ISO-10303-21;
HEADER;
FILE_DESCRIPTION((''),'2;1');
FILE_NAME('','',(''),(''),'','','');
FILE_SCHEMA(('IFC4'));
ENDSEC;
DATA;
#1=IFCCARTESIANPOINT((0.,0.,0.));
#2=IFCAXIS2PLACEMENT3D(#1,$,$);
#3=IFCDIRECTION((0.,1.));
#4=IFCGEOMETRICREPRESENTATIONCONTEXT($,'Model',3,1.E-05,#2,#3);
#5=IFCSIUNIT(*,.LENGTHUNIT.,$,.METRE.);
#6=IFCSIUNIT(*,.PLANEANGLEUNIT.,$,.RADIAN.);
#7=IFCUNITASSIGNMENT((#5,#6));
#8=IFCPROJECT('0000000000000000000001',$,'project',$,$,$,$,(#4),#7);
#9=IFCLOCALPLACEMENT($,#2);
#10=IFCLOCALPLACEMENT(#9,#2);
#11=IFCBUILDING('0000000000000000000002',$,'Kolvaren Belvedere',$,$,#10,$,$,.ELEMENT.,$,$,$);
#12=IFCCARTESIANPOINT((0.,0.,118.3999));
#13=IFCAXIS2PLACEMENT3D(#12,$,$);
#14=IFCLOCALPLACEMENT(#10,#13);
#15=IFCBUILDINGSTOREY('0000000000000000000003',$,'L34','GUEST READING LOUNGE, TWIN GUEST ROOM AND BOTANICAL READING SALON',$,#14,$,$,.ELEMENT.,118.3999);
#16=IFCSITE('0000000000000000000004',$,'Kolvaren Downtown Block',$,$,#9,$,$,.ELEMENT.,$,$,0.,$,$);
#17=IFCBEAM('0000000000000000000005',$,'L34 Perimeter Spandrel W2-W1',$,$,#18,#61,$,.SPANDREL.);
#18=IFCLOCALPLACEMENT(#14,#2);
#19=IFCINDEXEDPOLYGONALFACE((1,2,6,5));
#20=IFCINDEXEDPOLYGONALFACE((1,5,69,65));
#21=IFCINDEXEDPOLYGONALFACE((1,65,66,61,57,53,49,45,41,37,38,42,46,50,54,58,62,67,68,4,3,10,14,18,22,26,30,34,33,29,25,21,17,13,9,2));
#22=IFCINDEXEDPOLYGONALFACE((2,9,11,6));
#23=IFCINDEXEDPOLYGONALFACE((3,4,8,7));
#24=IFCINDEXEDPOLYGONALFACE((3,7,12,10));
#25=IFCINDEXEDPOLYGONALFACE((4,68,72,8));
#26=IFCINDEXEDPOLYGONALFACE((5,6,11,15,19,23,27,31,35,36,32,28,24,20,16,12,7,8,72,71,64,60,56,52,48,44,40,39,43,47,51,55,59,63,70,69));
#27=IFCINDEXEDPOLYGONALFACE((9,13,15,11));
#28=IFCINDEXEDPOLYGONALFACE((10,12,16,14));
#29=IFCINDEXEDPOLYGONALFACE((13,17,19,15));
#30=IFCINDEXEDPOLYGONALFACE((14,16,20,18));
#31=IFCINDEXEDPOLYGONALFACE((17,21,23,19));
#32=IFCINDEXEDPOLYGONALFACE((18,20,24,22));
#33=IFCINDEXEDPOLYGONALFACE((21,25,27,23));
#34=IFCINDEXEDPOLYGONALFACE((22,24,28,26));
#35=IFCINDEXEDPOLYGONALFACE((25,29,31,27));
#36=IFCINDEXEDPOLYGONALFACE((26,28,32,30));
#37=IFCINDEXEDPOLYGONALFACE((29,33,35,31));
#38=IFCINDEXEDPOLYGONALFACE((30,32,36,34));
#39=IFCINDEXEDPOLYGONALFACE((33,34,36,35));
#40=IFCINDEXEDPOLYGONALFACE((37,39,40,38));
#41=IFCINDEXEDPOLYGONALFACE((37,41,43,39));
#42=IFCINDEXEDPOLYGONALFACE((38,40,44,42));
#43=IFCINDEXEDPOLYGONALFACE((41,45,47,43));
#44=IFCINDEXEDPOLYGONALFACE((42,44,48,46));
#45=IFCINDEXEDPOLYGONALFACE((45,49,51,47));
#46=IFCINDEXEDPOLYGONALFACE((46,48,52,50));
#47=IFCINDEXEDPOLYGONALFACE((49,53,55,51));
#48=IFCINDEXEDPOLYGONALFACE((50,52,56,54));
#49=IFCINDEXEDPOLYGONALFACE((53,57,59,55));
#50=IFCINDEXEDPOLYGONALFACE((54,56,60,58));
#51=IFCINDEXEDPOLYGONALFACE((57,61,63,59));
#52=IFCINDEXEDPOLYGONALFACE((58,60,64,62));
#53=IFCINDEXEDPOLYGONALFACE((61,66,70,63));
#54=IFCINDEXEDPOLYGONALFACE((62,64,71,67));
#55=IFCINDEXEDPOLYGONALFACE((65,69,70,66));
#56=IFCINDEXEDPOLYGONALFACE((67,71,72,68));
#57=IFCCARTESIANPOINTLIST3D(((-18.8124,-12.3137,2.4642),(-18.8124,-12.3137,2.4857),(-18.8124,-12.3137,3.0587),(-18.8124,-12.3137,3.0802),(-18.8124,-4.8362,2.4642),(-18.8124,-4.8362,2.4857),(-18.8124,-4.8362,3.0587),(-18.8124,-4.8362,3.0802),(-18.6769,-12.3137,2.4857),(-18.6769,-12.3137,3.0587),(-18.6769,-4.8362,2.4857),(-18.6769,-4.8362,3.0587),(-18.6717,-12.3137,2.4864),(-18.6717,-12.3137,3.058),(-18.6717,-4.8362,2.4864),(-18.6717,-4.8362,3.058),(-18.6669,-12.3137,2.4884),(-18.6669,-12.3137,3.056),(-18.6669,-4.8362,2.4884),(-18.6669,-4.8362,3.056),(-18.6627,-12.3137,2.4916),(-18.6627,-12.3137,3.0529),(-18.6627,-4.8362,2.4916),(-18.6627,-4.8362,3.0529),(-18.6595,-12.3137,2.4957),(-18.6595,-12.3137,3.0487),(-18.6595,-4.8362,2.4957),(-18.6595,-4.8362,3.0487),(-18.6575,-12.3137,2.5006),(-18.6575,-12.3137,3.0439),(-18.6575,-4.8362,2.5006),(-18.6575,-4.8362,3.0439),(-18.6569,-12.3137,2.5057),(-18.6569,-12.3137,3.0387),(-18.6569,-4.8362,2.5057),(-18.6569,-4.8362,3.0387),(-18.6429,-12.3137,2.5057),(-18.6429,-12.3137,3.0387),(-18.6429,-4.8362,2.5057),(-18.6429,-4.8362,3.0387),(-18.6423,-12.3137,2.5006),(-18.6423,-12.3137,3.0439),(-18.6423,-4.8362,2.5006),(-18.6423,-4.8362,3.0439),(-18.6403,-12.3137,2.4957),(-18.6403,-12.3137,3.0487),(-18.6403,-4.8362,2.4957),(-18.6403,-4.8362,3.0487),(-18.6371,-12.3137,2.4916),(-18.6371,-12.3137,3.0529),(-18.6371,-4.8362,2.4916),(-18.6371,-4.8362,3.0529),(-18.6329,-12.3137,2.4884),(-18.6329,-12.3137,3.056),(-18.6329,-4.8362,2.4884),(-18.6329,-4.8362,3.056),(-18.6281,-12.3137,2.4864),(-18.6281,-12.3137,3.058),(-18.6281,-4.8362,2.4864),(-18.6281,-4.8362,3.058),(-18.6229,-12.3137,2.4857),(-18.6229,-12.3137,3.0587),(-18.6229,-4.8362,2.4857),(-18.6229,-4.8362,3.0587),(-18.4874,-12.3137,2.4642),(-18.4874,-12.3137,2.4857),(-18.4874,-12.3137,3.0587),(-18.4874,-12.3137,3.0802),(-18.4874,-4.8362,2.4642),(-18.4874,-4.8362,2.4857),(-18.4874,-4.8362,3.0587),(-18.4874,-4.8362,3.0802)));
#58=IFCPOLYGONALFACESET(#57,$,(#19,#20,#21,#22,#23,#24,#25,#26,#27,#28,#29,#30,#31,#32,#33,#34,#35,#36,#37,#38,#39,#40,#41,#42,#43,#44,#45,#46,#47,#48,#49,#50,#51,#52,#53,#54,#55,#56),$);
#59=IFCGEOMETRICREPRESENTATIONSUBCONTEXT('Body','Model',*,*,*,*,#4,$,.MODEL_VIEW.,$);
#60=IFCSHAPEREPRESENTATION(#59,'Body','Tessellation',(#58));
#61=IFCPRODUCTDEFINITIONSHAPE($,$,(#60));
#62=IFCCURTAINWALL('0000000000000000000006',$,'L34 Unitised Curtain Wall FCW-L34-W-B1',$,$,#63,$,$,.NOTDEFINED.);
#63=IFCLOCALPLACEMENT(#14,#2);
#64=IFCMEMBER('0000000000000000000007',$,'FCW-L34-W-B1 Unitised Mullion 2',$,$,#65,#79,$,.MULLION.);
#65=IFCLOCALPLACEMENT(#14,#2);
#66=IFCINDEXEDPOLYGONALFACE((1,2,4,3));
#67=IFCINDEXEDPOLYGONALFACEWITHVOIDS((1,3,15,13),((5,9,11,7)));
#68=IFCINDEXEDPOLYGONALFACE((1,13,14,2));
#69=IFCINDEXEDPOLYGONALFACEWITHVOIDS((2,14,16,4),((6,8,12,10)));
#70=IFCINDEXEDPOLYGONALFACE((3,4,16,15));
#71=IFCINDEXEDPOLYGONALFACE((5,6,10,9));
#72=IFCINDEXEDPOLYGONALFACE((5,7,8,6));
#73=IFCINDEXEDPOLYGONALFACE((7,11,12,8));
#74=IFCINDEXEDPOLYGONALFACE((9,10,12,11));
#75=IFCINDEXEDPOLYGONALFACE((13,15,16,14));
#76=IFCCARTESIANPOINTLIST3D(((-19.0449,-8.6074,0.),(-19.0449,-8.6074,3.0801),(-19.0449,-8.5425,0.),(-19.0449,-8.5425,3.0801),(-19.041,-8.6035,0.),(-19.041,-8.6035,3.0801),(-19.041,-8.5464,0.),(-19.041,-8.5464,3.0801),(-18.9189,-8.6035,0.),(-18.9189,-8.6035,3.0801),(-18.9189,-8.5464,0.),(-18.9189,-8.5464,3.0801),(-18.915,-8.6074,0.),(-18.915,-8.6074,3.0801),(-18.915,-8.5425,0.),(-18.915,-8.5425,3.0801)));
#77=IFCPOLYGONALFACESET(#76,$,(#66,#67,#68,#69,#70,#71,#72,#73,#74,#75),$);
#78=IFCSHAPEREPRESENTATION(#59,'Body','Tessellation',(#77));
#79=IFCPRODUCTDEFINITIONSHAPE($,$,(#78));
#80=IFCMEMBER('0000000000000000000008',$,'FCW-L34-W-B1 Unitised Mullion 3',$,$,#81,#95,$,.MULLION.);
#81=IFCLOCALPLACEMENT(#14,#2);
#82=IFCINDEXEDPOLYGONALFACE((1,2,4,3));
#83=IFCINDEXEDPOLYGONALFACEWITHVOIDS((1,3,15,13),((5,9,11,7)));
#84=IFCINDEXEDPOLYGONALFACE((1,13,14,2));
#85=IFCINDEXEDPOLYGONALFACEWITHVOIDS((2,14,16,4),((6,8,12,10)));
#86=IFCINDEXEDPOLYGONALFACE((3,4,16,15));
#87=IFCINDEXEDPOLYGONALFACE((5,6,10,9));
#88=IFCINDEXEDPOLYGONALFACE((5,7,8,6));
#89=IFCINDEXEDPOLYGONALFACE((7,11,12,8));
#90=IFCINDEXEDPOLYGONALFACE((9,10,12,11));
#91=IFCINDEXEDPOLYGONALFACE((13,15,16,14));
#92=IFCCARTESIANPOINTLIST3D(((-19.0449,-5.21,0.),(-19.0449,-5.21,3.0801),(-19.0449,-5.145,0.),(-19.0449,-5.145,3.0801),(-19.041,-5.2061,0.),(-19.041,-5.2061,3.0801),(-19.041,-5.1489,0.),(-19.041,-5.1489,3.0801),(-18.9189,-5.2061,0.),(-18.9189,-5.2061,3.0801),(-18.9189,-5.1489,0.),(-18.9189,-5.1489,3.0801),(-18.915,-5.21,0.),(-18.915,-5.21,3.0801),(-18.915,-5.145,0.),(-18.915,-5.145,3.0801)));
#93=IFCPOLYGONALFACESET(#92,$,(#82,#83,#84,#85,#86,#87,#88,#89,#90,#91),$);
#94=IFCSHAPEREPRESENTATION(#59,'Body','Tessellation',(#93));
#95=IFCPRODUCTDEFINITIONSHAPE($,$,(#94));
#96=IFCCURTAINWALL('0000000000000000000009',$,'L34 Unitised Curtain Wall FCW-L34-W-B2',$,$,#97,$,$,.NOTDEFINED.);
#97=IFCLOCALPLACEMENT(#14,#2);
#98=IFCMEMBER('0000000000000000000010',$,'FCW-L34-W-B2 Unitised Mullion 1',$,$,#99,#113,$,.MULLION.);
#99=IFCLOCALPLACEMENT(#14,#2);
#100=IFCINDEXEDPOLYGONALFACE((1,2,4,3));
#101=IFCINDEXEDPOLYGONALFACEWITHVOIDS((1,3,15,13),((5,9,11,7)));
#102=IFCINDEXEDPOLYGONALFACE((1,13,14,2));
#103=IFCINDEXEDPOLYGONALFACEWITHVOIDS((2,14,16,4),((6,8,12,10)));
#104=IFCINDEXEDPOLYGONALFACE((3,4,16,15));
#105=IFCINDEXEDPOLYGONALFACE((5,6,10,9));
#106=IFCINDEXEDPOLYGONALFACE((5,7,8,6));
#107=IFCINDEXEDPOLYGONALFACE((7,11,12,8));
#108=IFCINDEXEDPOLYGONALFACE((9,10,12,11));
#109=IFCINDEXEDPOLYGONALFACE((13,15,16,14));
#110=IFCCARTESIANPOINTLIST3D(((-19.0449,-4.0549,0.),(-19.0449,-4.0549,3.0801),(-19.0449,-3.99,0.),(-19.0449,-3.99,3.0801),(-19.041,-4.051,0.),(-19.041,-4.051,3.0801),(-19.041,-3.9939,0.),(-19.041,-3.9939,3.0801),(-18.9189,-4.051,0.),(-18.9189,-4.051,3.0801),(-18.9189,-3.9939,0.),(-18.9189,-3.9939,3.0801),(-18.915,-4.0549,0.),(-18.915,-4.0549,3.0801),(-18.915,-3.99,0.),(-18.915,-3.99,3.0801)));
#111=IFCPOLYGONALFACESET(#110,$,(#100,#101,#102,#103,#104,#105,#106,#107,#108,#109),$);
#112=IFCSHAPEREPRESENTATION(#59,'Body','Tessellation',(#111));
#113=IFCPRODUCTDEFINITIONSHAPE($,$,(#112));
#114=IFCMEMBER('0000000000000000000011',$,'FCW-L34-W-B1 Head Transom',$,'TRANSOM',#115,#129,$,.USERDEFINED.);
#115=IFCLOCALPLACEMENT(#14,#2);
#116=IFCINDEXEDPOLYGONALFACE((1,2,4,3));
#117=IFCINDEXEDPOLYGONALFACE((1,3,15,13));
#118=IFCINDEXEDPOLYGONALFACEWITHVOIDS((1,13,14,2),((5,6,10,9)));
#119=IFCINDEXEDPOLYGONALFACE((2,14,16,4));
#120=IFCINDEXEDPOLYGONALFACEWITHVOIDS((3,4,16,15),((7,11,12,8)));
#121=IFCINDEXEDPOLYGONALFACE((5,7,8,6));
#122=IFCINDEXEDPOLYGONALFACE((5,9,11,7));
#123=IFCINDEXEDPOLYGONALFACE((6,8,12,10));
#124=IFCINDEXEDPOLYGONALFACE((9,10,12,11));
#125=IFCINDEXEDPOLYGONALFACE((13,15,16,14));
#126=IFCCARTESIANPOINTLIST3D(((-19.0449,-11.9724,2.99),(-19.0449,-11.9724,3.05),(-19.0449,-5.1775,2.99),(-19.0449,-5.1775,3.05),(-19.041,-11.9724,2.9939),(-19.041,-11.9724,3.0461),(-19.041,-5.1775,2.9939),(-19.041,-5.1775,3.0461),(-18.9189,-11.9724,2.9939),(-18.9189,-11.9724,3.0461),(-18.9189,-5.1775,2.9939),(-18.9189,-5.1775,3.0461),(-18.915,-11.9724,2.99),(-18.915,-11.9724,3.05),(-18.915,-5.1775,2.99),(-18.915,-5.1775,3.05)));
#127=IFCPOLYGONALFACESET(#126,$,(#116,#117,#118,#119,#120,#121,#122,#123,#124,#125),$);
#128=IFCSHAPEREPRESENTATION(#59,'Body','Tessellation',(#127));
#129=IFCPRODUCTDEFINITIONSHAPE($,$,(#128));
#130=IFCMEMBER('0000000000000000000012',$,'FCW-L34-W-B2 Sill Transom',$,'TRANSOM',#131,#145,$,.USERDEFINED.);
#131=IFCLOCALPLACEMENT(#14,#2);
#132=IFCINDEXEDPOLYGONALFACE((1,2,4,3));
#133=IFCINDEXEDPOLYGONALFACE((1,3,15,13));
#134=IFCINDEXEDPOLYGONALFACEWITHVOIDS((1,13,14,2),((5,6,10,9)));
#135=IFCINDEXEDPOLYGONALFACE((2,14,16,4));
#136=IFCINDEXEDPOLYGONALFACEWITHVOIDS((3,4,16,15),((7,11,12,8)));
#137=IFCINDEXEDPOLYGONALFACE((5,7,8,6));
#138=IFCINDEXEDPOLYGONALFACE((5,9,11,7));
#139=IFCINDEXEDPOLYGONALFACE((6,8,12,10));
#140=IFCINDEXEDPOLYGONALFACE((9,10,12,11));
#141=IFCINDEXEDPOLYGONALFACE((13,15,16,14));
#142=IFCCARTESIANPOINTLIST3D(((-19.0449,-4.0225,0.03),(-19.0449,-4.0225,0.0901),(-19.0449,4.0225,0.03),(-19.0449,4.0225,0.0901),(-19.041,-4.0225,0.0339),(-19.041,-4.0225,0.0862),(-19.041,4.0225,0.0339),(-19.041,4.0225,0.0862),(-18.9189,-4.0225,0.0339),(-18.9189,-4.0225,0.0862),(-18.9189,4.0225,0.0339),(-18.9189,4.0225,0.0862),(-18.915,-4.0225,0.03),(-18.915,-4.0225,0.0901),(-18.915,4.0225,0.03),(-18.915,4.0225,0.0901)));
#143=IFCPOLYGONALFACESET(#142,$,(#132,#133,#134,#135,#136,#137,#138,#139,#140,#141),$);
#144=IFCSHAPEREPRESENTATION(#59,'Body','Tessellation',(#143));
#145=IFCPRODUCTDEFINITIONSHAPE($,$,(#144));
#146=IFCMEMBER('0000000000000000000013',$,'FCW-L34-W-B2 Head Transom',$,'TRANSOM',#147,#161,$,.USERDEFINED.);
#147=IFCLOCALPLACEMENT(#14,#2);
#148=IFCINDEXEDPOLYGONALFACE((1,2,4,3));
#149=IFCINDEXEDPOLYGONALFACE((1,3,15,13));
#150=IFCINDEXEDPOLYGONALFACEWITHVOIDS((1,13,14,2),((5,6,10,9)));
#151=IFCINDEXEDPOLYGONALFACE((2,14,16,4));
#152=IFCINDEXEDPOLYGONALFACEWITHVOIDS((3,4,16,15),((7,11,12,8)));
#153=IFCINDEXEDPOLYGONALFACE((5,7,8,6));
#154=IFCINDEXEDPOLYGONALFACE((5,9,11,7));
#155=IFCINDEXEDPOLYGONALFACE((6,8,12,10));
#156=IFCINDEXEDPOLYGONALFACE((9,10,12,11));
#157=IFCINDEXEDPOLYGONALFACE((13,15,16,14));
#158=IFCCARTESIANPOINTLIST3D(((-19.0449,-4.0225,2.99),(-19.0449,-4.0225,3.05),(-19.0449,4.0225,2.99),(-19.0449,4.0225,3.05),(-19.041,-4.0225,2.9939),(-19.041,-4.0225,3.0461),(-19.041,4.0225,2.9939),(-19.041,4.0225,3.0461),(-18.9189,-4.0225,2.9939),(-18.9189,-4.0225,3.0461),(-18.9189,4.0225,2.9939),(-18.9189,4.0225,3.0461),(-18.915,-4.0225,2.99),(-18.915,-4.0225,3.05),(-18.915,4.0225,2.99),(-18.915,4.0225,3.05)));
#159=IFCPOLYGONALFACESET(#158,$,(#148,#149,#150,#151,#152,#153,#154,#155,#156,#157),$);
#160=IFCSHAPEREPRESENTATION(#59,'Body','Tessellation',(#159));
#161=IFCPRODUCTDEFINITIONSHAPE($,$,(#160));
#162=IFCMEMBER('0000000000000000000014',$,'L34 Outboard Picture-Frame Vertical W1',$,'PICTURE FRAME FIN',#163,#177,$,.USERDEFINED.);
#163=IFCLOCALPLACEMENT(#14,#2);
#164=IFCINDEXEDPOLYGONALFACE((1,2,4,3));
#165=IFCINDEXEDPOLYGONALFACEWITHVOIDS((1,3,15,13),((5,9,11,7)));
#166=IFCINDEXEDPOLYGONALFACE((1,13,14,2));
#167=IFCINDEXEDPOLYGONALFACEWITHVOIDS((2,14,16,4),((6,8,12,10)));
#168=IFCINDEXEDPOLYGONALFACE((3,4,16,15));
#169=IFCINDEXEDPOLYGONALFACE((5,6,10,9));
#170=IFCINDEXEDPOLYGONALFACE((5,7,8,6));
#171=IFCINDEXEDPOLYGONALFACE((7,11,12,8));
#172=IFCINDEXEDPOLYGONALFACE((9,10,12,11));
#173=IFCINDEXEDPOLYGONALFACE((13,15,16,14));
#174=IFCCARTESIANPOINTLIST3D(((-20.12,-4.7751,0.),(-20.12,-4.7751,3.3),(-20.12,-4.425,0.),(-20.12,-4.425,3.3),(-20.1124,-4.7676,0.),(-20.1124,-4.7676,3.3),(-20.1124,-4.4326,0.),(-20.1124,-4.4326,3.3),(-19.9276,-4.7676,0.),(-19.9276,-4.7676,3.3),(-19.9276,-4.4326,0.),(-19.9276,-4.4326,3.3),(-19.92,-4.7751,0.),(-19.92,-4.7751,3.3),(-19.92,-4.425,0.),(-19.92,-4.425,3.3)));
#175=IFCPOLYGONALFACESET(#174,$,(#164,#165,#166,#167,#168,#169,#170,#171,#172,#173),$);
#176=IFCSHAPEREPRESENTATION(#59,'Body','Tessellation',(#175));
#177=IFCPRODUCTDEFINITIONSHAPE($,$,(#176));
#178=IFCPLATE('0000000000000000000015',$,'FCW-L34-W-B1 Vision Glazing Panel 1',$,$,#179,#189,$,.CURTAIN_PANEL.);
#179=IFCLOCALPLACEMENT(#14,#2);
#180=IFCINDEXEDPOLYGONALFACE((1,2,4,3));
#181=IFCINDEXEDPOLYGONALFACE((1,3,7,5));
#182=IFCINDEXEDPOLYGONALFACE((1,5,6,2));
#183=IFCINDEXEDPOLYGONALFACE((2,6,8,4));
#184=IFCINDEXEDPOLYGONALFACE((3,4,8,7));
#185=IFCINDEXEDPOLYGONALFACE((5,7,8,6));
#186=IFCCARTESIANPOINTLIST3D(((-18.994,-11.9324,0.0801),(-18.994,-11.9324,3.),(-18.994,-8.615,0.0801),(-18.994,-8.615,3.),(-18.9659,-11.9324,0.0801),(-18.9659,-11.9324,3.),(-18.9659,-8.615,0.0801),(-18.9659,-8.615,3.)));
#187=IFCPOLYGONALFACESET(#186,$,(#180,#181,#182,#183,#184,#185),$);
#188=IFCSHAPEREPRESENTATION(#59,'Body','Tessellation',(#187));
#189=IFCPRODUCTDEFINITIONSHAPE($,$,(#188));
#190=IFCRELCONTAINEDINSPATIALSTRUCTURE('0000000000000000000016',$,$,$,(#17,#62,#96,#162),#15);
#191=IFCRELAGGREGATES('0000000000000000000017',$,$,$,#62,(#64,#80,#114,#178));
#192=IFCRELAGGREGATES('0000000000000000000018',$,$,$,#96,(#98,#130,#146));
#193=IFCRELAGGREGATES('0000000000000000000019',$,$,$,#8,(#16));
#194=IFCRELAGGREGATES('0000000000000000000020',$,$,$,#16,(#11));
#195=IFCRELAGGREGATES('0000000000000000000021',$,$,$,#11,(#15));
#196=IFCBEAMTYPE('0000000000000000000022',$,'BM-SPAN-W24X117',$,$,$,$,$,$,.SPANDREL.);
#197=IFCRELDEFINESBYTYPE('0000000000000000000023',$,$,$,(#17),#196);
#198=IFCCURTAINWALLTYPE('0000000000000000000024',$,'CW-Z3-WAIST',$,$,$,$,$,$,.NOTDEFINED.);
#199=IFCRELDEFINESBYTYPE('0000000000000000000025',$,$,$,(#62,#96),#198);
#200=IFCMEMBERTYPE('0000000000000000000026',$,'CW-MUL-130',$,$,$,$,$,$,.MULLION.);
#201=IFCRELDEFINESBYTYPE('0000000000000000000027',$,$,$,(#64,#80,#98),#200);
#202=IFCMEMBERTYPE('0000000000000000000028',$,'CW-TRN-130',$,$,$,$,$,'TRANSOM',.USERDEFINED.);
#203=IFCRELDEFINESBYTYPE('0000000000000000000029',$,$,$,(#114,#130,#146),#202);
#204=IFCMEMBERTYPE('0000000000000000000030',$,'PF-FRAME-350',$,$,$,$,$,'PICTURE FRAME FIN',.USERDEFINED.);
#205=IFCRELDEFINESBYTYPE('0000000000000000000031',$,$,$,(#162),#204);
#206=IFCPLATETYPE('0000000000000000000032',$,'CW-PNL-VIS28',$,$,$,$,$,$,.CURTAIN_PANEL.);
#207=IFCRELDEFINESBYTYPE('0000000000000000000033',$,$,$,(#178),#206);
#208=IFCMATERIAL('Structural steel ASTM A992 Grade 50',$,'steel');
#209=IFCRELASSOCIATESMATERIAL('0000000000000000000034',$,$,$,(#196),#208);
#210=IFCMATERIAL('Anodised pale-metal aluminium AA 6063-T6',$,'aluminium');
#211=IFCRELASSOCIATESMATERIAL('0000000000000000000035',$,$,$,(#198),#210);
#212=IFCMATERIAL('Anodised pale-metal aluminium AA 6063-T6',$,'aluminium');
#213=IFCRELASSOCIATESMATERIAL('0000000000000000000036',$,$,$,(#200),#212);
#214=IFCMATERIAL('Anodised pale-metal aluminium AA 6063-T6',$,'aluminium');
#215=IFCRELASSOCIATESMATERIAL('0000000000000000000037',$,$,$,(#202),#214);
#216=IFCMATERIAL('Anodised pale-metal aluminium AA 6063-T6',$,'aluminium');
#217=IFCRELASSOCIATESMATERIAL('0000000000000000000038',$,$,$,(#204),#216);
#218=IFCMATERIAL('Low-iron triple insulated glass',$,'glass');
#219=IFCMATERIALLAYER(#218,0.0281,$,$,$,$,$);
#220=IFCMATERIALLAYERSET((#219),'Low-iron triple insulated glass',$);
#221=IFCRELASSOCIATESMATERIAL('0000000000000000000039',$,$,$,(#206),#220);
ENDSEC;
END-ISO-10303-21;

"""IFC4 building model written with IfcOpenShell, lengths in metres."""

from ifc_helpers import new_model, si_unit, direction, frame, origin, origin_2d, place, context, subcontext, project, spatial, rectangle, hollow_rectangle, i_section, extrude, material, layer, layer_set, material_profile, profile_set, type_object, element, aggregate, save


model = new_model("IFC4")

# Units and contexts
model_context = context("Model", 3, precision=1e-05, world=origin(), true_north=direction((0.0, 1.0)))
body_context = subcontext(model_context, "Body", "Model", "MODEL_VIEW")
ifc_project = project(units=[si_unit("LENGTHUNIT", "METRE"), si_unit("PLANEANGLEUNIT", "RADIAN")], contexts=[model_context])

# Site, building, storey
site_placement = place(None, origin())
site = spatial("IfcSite", under=ifc_project, at=site_placement, Name="Kolvaren Downtown Block", CompositionType="ELEMENT", RefElevation=0.0)
building_placement = place(site_placement, origin())
building = spatial("IfcBuilding", under=site, at=building_placement, Name="Kolvaren Belvedere", CompositionType="ELEMENT")
storey_placement = place(building_placement, frame((0.0, 0.0, 118.3999)))
storey = spatial("IfcBuildingStorey", under=building, at=storey_placement, Name="L34", Description="GUEST READING LOUNGE, TWIN GUEST ROOM AND BOTANICAL READING SALON", CompositionType="ELEMENT", Elevation=118.3999)

# Beam
ifc_material_1 = material(Name="Structural steel ASTM A992 Grade 50", Category="steel")
ifc_material_profile_1 = material_profile(ifc_material_1, i_section(OverallWidth=0.325, OverallDepth=0.616, WebThickness=0.0139, FlangeThickness=0.0215, FilletRadius=0.02, at=origin_2d()), Name="W24X117")
ifc_profile_set_1 = profile_set([ifc_material_profile_1], Name="Structural steel ASTM A992 Grade 50")
beam_type_1 = type_object("IfcBeamType", Name="BM-SPAN-W24X117", PredefinedType="SPANDREL", material=ifc_profile_set_1)
beam_1_placement = place(storey_placement, frame((-18.6499, -4.8362, 2.7722), z_axis=(0.0, -1.0, 0.0), x_axis=(1.0, 0.0, 0.0)))
element("IfcBeam", 1, at=beam_1_placement, inside=storey, type_object=beam_type_1, Name="L34 Perimeter Spandrel W2-W1", PredefinedType="SPANDREL", context=body_context, shape_type="SweptSolid", body=[
    extrude(i_section(OverallWidth=0.325, OverallDepth=0.616, WebThickness=0.0139, FlangeThickness=0.0215, FilletRadius=0.02, at=origin_2d()), origin(), (0.0, 0.0, 1.0), 7.4775),
])

# Curtain wall, members
ifc_material_2 = material(Name="Anodised pale-metal aluminium AA 6063-T6", Category="aluminium")
curtain_wall_type = type_object("IfcCurtainWallType", Name="CW-Z3-WAIST", PredefinedType="NOTDEFINED", material=ifc_material_2)
curtain_wall_1_placement = place(storey_placement, origin())
curtain_wall_1 = element("IfcCurtainWall", 2, at=curtain_wall_1_placement, inside=storey, type_object=curtain_wall_type, Name="L34 Unitised Curtain Wall FCW-L34-W-B1", PredefinedType="NOTDEFINED")
ifc_material_3 = material(Name="Anodised pale-metal aluminium AA 6063-T6", Category="aluminium")
ifc_material_profile_2 = material_profile(ifc_material_3, hollow_rectangle(XDim=0.0649, YDim=0.1299, WallThickness=0.0039, at=origin_2d()), Name="ALU-MUL-130X65")
ifc_profile_set_2 = profile_set([ifc_material_profile_2], Name="Anodised pale-metal aluminium AA 6063-T6")
member_type_1 = type_object("IfcMemberType", Name="CW-MUL-130", PredefinedType="MULLION", material=ifc_profile_set_2)
member_1_placement = place(storey_placement, frame((-18.98, -8.575, 0.0), z_axis=(0.0, 0.0, 1.0), x_axis=(0.0, 1.0, 0.0)))
member_1 = element("IfcMember", 3, at=member_1_placement, type_object=member_type_1, Name="FCW-L34-W-B1 Unitised Mullion 2", PredefinedType="MULLION", context=body_context, shape_type="SweptSolid", body=[
    extrude(hollow_rectangle(XDim=0.0649, YDim=0.1299, WallThickness=0.0039, at=origin_2d()), origin(), (0.0, 0.0, 1.0), 3.0801),
])
member_2_placement = place(storey_placement, frame((-18.98, -5.1775, 0.0), z_axis=(0.0, 0.0, 1.0), x_axis=(0.0, 1.0, 0.0)))
member_2 = element("IfcMember", 4, at=member_2_placement, type_object=member_type_1, Name="FCW-L34-W-B1 Unitised Mullion 3", PredefinedType="MULLION", context=body_context, shape_type="SweptSolid", body=[
    extrude(hollow_rectangle(XDim=0.0649, YDim=0.1299, WallThickness=0.0039, at=origin_2d()), origin(), (0.0, 0.0, 1.0), 3.0801),
])

# Curtain wall, member
curtain_wall_2_placement = place(storey_placement, origin())
curtain_wall_2 = element("IfcCurtainWall", 5, at=curtain_wall_2_placement, inside=storey, type_object=curtain_wall_type, Name="L34 Unitised Curtain Wall FCW-L34-W-B2", PredefinedType="NOTDEFINED")
member_3_placement = place(storey_placement, frame((-18.98, -4.0225, 0.0), z_axis=(0.0, 0.0, 1.0), x_axis=(0.0, 1.0, 0.0)))
member_3 = element("IfcMember", 6, at=member_3_placement, type_object=member_type_1, Name="FCW-L34-W-B2 Unitised Mullion 1", PredefinedType="MULLION", context=body_context, shape_type="SweptSolid", body=[
    extrude(hollow_rectangle(XDim=0.0649, YDim=0.1299, WallThickness=0.0039, at=origin_2d()), origin(), (0.0, 0.0, 1.0), 3.0801),
])

# Members
ifc_material_4 = material(Name="Anodised pale-metal aluminium AA 6063-T6", Category="aluminium")
ifc_material_profile_3 = material_profile(ifc_material_4, hollow_rectangle(XDim=0.0601, YDim=0.1299, WallThickness=0.0039, at=origin_2d()), Name="ALU-TRN-130X60")
ifc_profile_set_3 = profile_set([ifc_material_profile_3], Name="Anodised pale-metal aluminium AA 6063-T6")
member_type_2 = type_object("IfcMemberType", Name="CW-TRN-130", ElementType="TRANSOM", PredefinedType="USERDEFINED", material=ifc_profile_set_3)
member_4_placement = place(storey_placement, frame((-18.98, -11.9724, 3.02), z_axis=(0.0, 1.0, 0.0), x_axis=(0.0, 0.0, 1.0)))
member_4 = element("IfcMember", 7, at=member_4_placement, type_object=member_type_2, Name="FCW-L34-W-B1 Head Transom", ObjectType="TRANSOM", PredefinedType="USERDEFINED", context=body_context, shape_type="SweptSolid", body=[
    extrude(hollow_rectangle(XDim=0.0601, YDim=0.1299, WallThickness=0.0039, at=origin_2d()), origin(), (0.0, 0.0, 1.0), 6.7949),
])
member_5_placement = place(storey_placement, frame((-18.98, -4.0225, 0.0601), z_axis=(0.0, 1.0, 0.0), x_axis=(0.0, 0.0, 1.0)))
member_5 = element("IfcMember", 8, at=member_5_placement, type_object=member_type_2, Name="FCW-L34-W-B2 Sill Transom", ObjectType="TRANSOM", PredefinedType="USERDEFINED", context=body_context, shape_type="SweptSolid", body=[
    extrude(hollow_rectangle(XDim=0.0601, YDim=0.1299, WallThickness=0.0039, at=origin_2d()), origin(), (0.0, 0.0, 1.0), 8.0449),
])
member_6_placement = place(storey_placement, frame((-18.98, -4.0225, 3.02), z_axis=(0.0, 1.0, 0.0), x_axis=(0.0, 0.0, 1.0)))
member_6 = element("IfcMember", 9, at=member_6_placement, type_object=member_type_2, Name="FCW-L34-W-B2 Head Transom", ObjectType="TRANSOM", PredefinedType="USERDEFINED", context=body_context, shape_type="SweptSolid", body=[
    extrude(hollow_rectangle(XDim=0.0601, YDim=0.1299, WallThickness=0.0039, at=origin_2d()), origin(), (0.0, 0.0, 1.0), 8.0449),
])
ifc_material_5 = material(Name="Anodised pale-metal aluminium AA 6063-T6", Category="aluminium")
ifc_material_profile_4 = material_profile(ifc_material_5, hollow_rectangle(XDim=0.2, YDim=0.3501, WallThickness=0.0076, at=origin_2d()), Name="ALU-PF-350X200")
ifc_profile_set_4 = profile_set([ifc_material_profile_4], Name="Anodised pale-metal aluminium AA 6063-T6")
member_type_3 = type_object("IfcMemberType", Name="PF-FRAME-350", ElementType="PICTURE FRAME FIN", PredefinedType="USERDEFINED", material=ifc_profile_set_4)
member_7_placement = place(storey_placement, frame((-20.02, -4.6001, 0.0), z_axis=(0.0, 0.0, 1.0), x_axis=(1.0, 0.0, 0.0)))
element("IfcMember", 10, at=member_7_placement, inside=storey, type_object=member_type_3, Name="L34 Outboard Picture-Frame Vertical W1", ObjectType="PICTURE FRAME FIN", PredefinedType="USERDEFINED", context=body_context, shape_type="SweptSolid", body=[
    extrude(hollow_rectangle(XDim=0.2, YDim=0.3501, WallThickness=0.0076, at=origin_2d()), origin(), (0.0, 0.0, 1.0), 3.3),
])

# Plate
ifc_material_6 = material(Name="Low-iron triple insulated glass", Category="glass")
ifc_layer_1 = layer(ifc_material_6, 0.0281)
ifc_layer_set_1 = layer_set([ifc_layer_1], Name="Low-iron triple insulated glass")
plate_type_1 = type_object("IfcPlateType", Name="CW-PNL-VIS28", PredefinedType="CURTAIN_PANEL", material=ifc_layer_set_1)
plate_1_placement = place(storey_placement, frame((-18.98, -10.2737, 0.0801), z_axis=(0.0, 0.0, 1.0), x_axis=(0.0, 1.0, 0.0)))
plate_1 = element("IfcPlate", 11, at=plate_1_placement, type_object=plate_type_1, Name="FCW-L34-W-B1 Vision Glazing Panel 1", PredefinedType="CURTAIN_PANEL", context=body_context, shape_type="SweptSolid", body=[
    extrude(rectangle(XDim=3.3174, YDim=0.0281, at=origin_2d()), origin(), (0.0, 0.0, 1.0), 2.9199),
])
aggregate(curtain_wall_1, [member_1, member_2, member_4, plate_1])
aggregate(curtain_wall_2, [member_3, member_5, member_6])

save(model, "model.ifc")
